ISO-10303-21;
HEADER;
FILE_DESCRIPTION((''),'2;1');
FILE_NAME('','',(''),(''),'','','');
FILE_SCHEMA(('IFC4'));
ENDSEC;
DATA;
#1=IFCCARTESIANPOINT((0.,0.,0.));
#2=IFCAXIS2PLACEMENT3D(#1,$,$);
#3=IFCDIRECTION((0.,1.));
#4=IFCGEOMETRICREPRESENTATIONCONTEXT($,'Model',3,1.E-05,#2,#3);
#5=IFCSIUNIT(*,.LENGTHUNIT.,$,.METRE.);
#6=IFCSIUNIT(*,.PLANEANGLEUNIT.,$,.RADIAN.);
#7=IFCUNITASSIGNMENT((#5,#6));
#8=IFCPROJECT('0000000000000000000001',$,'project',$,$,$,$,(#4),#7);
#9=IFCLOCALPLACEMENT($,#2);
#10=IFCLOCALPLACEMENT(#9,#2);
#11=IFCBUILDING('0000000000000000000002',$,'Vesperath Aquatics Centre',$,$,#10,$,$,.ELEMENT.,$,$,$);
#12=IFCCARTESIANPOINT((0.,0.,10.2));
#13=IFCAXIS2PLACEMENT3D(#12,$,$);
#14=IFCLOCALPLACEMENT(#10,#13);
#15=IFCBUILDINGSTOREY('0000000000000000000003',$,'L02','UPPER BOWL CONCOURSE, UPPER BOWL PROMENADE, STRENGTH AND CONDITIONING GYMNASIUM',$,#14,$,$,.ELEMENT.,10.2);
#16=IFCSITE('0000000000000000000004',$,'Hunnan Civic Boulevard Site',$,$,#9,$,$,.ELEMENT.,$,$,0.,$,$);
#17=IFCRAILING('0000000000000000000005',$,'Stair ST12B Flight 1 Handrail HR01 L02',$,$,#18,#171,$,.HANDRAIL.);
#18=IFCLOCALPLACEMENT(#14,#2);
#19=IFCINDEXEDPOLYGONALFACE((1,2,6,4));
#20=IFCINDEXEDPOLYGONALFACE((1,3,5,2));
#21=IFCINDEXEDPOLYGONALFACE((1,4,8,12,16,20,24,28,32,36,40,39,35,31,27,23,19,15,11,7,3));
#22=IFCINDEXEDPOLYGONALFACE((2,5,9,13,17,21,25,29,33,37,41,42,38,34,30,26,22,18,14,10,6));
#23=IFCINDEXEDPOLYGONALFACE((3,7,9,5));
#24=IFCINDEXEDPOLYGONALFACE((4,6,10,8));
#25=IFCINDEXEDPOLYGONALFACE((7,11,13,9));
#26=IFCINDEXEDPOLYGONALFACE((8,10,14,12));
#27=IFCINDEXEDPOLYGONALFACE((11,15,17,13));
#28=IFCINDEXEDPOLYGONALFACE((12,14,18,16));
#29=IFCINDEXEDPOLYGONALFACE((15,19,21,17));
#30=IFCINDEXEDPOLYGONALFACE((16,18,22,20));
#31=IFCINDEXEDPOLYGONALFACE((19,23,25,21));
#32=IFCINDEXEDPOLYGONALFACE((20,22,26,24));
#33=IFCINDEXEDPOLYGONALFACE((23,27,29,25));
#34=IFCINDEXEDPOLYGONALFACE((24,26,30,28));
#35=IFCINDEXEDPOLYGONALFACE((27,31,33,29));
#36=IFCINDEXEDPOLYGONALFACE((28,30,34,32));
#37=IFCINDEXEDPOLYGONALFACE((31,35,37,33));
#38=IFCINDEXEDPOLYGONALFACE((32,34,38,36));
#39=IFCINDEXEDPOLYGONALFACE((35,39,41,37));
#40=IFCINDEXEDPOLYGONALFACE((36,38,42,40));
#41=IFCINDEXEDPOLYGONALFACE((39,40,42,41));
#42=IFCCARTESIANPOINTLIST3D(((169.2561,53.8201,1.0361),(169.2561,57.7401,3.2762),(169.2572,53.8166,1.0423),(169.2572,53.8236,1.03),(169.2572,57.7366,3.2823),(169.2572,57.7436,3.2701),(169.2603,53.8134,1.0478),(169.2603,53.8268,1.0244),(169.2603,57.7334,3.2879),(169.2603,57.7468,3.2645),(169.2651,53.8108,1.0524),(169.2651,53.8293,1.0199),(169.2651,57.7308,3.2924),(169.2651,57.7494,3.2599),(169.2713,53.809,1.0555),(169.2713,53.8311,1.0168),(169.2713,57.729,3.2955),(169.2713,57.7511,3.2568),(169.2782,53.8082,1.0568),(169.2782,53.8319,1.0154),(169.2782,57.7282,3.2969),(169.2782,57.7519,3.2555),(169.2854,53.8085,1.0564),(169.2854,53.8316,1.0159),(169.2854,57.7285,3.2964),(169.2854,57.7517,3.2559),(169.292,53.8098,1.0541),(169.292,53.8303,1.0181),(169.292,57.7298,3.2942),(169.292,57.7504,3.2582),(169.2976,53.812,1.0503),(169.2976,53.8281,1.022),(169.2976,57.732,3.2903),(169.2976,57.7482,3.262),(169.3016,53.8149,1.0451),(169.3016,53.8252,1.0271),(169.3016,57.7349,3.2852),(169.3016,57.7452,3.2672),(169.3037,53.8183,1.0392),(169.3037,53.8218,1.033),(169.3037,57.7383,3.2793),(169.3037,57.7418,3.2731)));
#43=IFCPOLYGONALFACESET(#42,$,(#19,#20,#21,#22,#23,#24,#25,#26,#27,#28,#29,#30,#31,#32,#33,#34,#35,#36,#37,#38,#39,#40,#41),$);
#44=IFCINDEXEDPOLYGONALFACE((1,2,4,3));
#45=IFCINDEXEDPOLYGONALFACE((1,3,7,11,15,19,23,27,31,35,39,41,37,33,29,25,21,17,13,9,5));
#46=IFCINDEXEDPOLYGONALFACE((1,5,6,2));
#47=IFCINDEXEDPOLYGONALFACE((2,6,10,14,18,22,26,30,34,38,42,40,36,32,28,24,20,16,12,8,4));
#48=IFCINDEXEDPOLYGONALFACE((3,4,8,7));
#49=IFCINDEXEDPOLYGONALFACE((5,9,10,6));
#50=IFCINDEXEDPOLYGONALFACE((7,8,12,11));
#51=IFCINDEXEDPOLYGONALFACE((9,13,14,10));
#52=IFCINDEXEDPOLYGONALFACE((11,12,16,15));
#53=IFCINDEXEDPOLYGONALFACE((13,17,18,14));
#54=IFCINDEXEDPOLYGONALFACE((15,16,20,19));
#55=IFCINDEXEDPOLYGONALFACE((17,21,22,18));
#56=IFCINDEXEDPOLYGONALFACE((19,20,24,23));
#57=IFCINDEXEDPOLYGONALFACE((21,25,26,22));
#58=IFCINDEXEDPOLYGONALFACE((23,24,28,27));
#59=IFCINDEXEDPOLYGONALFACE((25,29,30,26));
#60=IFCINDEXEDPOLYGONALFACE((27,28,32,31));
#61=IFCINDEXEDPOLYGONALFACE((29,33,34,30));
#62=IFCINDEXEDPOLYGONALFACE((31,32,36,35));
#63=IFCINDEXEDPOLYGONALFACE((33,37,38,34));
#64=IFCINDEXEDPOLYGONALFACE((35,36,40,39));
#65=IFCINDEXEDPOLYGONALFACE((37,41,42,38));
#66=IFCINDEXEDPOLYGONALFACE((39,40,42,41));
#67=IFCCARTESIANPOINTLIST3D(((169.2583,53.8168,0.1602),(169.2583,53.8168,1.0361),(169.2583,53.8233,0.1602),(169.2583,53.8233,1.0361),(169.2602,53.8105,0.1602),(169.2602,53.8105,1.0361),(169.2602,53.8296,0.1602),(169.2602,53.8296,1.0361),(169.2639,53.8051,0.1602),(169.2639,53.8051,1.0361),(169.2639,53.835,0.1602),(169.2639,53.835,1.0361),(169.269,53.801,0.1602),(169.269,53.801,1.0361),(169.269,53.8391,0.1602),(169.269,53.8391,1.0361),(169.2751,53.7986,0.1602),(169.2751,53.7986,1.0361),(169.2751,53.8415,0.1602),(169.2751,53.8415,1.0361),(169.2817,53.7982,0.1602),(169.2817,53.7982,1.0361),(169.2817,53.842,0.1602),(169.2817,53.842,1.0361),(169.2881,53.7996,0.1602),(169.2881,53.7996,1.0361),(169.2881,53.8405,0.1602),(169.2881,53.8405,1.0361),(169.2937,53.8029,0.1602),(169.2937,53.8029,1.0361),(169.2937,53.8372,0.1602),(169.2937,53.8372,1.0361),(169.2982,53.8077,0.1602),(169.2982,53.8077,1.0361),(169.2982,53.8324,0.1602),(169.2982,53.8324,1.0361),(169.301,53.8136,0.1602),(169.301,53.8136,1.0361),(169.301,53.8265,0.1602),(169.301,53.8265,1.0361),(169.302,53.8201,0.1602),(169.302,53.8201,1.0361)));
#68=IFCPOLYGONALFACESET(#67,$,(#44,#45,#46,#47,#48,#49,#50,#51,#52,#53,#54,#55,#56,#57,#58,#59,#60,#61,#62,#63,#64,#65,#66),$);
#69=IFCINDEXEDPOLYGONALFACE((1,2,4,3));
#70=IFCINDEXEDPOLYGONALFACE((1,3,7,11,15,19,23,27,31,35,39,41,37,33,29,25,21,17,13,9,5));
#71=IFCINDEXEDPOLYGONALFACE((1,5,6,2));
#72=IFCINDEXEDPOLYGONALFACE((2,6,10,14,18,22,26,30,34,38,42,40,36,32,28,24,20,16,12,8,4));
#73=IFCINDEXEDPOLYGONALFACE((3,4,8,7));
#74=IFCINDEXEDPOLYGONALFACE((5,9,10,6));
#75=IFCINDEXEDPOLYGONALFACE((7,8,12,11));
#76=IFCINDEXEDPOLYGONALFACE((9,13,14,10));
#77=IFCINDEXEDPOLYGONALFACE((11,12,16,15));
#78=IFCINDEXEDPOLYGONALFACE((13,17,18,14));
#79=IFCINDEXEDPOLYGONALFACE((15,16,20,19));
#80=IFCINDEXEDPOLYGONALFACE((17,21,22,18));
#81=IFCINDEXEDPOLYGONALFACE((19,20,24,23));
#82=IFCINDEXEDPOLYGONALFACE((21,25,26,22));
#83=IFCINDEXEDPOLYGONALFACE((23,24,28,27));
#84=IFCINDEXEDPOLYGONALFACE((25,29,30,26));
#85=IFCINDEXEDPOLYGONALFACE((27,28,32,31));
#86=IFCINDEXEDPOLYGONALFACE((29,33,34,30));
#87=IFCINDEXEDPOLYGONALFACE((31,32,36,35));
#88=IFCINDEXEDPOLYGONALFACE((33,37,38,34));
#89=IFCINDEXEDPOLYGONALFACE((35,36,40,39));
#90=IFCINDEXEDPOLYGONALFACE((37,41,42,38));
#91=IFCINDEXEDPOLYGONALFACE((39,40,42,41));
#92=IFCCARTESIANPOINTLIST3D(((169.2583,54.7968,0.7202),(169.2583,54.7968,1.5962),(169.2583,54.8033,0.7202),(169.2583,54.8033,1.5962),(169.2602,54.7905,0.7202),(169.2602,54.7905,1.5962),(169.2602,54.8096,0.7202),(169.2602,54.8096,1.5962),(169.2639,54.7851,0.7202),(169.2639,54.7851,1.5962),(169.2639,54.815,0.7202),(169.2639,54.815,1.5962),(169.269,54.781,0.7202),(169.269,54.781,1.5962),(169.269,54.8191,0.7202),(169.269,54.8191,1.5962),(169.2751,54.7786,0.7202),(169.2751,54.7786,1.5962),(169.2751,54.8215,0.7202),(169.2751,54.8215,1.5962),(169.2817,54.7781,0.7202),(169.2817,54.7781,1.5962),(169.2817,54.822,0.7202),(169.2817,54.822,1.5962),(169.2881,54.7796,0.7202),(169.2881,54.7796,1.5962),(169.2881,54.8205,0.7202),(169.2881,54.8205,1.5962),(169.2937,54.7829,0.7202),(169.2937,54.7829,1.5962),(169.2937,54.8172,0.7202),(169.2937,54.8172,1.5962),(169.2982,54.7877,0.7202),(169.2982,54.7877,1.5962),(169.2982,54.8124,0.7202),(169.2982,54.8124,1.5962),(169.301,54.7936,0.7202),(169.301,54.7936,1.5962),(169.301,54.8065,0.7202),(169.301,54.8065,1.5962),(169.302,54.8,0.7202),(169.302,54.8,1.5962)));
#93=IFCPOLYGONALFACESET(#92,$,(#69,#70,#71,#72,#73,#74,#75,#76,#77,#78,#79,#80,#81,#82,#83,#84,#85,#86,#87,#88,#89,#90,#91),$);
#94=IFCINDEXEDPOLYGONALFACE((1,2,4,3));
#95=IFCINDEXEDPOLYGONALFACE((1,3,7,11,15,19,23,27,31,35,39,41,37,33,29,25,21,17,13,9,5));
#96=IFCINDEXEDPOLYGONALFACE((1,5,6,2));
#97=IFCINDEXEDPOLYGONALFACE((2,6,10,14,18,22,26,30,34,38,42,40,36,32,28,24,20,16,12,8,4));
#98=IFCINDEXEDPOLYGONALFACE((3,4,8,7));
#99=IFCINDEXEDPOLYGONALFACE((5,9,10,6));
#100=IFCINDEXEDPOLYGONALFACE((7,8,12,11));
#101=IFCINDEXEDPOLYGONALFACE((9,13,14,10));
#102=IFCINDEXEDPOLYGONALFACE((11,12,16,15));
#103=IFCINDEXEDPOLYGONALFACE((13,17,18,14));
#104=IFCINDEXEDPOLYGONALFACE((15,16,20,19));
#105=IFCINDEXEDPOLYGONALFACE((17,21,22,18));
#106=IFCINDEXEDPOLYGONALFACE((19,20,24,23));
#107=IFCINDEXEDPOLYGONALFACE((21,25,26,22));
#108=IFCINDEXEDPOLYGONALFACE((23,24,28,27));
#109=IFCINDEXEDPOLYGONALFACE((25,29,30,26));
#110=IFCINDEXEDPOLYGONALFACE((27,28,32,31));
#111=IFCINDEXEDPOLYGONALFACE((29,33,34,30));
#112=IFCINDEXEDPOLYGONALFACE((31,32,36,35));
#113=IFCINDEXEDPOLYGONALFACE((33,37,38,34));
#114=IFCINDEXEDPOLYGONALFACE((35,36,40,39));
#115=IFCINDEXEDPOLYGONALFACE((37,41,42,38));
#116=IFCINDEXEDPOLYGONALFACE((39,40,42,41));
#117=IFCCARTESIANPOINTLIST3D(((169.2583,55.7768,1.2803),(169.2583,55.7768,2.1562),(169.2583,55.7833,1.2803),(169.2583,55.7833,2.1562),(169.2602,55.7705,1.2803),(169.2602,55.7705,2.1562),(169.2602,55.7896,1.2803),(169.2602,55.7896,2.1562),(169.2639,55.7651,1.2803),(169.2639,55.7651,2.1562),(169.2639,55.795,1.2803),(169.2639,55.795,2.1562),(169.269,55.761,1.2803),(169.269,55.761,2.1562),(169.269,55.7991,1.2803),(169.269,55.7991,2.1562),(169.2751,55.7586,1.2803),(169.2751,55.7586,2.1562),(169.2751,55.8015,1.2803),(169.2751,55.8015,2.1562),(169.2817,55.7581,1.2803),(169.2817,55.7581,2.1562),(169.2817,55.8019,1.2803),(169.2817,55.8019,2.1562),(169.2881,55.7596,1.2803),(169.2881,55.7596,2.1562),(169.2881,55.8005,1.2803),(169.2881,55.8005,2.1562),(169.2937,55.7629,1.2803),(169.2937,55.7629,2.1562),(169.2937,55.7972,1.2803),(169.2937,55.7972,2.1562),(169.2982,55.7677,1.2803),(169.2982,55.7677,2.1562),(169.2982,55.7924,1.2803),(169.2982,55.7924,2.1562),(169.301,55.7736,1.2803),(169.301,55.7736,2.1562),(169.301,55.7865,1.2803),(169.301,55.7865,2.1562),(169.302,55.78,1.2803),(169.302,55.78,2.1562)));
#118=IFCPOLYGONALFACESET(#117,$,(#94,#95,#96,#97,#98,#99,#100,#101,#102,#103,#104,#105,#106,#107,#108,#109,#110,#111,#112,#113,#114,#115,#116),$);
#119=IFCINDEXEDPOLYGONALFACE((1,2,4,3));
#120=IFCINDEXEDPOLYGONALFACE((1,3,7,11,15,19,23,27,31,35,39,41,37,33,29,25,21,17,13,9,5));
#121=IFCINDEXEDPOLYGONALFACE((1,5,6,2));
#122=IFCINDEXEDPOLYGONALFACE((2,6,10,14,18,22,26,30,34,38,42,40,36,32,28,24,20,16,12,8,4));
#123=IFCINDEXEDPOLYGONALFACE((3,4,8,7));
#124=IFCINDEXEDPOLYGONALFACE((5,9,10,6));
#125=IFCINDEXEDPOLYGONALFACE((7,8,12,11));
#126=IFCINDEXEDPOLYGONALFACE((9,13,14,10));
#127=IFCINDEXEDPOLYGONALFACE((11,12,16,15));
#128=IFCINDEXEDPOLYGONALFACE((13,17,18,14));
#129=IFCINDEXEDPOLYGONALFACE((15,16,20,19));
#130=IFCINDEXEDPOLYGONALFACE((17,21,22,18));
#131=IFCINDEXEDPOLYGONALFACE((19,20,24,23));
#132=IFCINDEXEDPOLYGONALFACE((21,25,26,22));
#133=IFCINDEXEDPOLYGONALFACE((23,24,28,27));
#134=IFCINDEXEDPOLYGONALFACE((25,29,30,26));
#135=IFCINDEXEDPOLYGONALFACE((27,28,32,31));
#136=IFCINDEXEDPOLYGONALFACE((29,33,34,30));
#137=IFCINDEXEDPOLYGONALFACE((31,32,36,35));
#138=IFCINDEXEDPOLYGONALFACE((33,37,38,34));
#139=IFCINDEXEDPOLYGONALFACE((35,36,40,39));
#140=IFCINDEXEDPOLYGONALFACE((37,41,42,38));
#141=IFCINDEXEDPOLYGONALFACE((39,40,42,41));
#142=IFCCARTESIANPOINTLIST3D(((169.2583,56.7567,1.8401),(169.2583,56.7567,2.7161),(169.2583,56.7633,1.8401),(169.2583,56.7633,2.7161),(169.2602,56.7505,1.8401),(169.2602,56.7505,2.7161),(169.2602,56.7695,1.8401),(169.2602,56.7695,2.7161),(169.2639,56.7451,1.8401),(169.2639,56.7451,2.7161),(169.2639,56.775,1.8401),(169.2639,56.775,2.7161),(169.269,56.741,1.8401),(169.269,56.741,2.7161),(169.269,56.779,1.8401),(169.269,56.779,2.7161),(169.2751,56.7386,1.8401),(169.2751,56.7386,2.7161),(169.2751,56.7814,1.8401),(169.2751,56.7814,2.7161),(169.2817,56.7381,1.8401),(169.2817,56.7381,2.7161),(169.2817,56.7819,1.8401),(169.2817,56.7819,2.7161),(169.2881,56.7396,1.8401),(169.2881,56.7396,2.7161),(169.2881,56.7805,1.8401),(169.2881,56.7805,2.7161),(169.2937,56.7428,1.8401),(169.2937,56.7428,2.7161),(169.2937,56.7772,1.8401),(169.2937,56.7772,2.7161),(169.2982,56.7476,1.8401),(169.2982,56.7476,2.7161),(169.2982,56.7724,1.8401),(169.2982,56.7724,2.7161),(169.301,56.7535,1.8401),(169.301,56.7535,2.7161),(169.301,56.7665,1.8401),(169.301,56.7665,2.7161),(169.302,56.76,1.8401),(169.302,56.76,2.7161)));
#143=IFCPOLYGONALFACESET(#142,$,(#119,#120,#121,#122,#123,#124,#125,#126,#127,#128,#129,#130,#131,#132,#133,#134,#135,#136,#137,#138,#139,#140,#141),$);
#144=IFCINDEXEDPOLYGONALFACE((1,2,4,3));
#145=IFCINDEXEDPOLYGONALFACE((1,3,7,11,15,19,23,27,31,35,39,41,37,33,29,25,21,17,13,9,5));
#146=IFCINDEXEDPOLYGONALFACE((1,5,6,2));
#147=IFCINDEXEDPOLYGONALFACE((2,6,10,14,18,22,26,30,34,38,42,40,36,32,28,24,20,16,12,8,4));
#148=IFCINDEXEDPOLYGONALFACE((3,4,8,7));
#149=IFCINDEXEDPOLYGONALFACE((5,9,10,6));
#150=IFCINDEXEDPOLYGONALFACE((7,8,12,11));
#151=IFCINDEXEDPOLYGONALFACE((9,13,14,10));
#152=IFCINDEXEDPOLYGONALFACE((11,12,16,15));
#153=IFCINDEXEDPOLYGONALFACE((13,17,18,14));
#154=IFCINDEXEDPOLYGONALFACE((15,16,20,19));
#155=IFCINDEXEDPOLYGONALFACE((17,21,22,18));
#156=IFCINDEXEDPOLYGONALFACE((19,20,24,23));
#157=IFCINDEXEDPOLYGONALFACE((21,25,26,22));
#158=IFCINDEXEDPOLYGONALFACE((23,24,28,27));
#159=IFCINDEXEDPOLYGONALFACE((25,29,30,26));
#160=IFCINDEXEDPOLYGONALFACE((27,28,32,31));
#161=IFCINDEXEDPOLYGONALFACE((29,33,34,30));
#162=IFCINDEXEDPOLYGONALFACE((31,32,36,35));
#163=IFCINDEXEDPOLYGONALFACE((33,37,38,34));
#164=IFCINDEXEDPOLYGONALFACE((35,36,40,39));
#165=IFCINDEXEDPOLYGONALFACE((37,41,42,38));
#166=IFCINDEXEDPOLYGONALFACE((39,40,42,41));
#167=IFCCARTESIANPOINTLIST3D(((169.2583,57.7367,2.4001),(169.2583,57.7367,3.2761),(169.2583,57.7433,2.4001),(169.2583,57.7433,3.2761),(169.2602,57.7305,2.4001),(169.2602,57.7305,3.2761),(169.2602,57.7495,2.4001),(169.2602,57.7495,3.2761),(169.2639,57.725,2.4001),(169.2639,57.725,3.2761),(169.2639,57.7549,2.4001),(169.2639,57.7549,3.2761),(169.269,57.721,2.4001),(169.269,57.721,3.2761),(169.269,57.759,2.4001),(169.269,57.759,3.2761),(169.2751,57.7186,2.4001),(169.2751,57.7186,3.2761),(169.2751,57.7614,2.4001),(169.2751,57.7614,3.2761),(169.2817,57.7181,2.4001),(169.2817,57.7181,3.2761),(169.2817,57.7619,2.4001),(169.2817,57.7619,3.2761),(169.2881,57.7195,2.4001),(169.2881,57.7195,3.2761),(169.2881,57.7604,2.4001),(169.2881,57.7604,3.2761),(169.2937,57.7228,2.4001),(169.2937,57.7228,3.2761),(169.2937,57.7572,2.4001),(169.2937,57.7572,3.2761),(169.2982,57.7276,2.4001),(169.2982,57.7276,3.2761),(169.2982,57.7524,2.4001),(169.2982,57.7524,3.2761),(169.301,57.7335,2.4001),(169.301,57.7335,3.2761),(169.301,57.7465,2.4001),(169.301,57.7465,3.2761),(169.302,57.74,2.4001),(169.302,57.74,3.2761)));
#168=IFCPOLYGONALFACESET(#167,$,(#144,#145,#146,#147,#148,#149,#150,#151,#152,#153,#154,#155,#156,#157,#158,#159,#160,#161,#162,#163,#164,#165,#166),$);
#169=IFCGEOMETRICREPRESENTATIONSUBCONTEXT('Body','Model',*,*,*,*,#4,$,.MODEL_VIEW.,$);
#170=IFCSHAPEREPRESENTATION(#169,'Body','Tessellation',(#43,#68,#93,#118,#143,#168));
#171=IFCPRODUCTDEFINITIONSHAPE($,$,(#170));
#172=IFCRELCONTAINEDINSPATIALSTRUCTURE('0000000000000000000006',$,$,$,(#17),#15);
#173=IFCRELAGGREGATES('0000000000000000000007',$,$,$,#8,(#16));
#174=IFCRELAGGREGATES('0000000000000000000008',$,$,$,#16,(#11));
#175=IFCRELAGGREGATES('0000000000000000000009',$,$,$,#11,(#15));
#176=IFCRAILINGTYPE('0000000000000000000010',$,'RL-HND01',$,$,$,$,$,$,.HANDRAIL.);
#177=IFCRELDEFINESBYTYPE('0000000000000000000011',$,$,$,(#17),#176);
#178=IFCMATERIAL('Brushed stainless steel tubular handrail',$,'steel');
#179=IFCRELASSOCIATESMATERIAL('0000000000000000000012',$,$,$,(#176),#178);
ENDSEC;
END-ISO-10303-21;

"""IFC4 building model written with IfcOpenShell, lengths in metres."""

from ifc_helpers import new_model, si_unit, direction, frame, origin, origin_2d, place, context, subcontext, project, spatial, circle, extrude, material, type_object, element, save


model = new_model("IFC4")

# Units and contexts
model_context = context("Model", 3, precision=1e-05, world=origin(), true_north=direction((0.0, 1.0)))
body_context = subcontext(model_context, "Body", "Model", "MODEL_VIEW")
ifc_project = project(units=[si_unit("LENGTHUNIT", "METRE"), si_unit("PLANEANGLEUNIT", "RADIAN")], contexts=[model_context])

# Site, building, storey
site_placement = place(None, origin())
site = spatial("IfcSite", under=ifc_project, at=site_placement, Name="Hunnan Civic Boulevard Site", CompositionType="ELEMENT", RefElevation=0.0)
building_placement = place(site_placement, origin())
building = spatial("IfcBuilding", under=site, at=building_placement, Name="Vesperath Aquatics Centre", CompositionType="ELEMENT")
storey_placement = place(building_placement, frame((0.0, 0.0, 10.2)))
storey = spatial("IfcBuildingStorey", under=building, at=storey_placement, Name="L02", Description="UPPER BOWL CONCOURSE, UPPER BOWL PROMENADE, STRENGTH AND CONDITIONING GYMNASIUM", CompositionType="ELEMENT", Elevation=10.2)

# Railing
ifc_material_1 = material(Name="Brushed stainless steel tubular handrail", Category="steel")
railing_type_1 = type_object("IfcRailingType", Name="RL-HND01", PredefinedType="HANDRAIL", material=ifc_material_1)
railing_1_placement = place(storey_placement, frame((169.28, 53.8201, 0.1602)))
element("IfcRailing", 1, at=railing_1_placement, inside=storey, type_object=railing_type_1, Name="Stair ST12B Flight 1 Handrail HR01 L02", PredefinedType="HANDRAIL", context=body_context, shape_type="SweptSolid", body=[
    extrude(circle(Radius=0.0239, at=origin_2d()), frame((0.0, 0.0, 0.876), z_axis=(0.0, 0.86824, 0.496145), x_axis=(-1.0, 0.0, 0.0)), (0.0, 0.0, 1.0), 4.5149),
    extrude(circle(Radius=0.022, at=origin_2d()), origin(), (0.0, 0.0, 1.0), 0.876),
    extrude(circle(Radius=0.022, at=origin_2d()), frame((0.0, 0.98, 0.5601)), (0.0, 0.0, 1.0), 0.876),
    extrude(circle(Radius=0.022, at=origin_2d()), frame((0.0, 1.96, 1.1201)), (0.0, 0.0, 1.0), 0.876),
    extrude(circle(Radius=0.022, at=origin_2d()), frame((0.0, 2.9399, 1.6799)), (0.0, 0.0, 1.0), 0.876),
    extrude(circle(Radius=0.022, at=origin_2d()), frame((0.0, 3.9199, 2.24)), (0.0, 0.0, 1.0), 0.876),
])

save(model, "model.ifc")
